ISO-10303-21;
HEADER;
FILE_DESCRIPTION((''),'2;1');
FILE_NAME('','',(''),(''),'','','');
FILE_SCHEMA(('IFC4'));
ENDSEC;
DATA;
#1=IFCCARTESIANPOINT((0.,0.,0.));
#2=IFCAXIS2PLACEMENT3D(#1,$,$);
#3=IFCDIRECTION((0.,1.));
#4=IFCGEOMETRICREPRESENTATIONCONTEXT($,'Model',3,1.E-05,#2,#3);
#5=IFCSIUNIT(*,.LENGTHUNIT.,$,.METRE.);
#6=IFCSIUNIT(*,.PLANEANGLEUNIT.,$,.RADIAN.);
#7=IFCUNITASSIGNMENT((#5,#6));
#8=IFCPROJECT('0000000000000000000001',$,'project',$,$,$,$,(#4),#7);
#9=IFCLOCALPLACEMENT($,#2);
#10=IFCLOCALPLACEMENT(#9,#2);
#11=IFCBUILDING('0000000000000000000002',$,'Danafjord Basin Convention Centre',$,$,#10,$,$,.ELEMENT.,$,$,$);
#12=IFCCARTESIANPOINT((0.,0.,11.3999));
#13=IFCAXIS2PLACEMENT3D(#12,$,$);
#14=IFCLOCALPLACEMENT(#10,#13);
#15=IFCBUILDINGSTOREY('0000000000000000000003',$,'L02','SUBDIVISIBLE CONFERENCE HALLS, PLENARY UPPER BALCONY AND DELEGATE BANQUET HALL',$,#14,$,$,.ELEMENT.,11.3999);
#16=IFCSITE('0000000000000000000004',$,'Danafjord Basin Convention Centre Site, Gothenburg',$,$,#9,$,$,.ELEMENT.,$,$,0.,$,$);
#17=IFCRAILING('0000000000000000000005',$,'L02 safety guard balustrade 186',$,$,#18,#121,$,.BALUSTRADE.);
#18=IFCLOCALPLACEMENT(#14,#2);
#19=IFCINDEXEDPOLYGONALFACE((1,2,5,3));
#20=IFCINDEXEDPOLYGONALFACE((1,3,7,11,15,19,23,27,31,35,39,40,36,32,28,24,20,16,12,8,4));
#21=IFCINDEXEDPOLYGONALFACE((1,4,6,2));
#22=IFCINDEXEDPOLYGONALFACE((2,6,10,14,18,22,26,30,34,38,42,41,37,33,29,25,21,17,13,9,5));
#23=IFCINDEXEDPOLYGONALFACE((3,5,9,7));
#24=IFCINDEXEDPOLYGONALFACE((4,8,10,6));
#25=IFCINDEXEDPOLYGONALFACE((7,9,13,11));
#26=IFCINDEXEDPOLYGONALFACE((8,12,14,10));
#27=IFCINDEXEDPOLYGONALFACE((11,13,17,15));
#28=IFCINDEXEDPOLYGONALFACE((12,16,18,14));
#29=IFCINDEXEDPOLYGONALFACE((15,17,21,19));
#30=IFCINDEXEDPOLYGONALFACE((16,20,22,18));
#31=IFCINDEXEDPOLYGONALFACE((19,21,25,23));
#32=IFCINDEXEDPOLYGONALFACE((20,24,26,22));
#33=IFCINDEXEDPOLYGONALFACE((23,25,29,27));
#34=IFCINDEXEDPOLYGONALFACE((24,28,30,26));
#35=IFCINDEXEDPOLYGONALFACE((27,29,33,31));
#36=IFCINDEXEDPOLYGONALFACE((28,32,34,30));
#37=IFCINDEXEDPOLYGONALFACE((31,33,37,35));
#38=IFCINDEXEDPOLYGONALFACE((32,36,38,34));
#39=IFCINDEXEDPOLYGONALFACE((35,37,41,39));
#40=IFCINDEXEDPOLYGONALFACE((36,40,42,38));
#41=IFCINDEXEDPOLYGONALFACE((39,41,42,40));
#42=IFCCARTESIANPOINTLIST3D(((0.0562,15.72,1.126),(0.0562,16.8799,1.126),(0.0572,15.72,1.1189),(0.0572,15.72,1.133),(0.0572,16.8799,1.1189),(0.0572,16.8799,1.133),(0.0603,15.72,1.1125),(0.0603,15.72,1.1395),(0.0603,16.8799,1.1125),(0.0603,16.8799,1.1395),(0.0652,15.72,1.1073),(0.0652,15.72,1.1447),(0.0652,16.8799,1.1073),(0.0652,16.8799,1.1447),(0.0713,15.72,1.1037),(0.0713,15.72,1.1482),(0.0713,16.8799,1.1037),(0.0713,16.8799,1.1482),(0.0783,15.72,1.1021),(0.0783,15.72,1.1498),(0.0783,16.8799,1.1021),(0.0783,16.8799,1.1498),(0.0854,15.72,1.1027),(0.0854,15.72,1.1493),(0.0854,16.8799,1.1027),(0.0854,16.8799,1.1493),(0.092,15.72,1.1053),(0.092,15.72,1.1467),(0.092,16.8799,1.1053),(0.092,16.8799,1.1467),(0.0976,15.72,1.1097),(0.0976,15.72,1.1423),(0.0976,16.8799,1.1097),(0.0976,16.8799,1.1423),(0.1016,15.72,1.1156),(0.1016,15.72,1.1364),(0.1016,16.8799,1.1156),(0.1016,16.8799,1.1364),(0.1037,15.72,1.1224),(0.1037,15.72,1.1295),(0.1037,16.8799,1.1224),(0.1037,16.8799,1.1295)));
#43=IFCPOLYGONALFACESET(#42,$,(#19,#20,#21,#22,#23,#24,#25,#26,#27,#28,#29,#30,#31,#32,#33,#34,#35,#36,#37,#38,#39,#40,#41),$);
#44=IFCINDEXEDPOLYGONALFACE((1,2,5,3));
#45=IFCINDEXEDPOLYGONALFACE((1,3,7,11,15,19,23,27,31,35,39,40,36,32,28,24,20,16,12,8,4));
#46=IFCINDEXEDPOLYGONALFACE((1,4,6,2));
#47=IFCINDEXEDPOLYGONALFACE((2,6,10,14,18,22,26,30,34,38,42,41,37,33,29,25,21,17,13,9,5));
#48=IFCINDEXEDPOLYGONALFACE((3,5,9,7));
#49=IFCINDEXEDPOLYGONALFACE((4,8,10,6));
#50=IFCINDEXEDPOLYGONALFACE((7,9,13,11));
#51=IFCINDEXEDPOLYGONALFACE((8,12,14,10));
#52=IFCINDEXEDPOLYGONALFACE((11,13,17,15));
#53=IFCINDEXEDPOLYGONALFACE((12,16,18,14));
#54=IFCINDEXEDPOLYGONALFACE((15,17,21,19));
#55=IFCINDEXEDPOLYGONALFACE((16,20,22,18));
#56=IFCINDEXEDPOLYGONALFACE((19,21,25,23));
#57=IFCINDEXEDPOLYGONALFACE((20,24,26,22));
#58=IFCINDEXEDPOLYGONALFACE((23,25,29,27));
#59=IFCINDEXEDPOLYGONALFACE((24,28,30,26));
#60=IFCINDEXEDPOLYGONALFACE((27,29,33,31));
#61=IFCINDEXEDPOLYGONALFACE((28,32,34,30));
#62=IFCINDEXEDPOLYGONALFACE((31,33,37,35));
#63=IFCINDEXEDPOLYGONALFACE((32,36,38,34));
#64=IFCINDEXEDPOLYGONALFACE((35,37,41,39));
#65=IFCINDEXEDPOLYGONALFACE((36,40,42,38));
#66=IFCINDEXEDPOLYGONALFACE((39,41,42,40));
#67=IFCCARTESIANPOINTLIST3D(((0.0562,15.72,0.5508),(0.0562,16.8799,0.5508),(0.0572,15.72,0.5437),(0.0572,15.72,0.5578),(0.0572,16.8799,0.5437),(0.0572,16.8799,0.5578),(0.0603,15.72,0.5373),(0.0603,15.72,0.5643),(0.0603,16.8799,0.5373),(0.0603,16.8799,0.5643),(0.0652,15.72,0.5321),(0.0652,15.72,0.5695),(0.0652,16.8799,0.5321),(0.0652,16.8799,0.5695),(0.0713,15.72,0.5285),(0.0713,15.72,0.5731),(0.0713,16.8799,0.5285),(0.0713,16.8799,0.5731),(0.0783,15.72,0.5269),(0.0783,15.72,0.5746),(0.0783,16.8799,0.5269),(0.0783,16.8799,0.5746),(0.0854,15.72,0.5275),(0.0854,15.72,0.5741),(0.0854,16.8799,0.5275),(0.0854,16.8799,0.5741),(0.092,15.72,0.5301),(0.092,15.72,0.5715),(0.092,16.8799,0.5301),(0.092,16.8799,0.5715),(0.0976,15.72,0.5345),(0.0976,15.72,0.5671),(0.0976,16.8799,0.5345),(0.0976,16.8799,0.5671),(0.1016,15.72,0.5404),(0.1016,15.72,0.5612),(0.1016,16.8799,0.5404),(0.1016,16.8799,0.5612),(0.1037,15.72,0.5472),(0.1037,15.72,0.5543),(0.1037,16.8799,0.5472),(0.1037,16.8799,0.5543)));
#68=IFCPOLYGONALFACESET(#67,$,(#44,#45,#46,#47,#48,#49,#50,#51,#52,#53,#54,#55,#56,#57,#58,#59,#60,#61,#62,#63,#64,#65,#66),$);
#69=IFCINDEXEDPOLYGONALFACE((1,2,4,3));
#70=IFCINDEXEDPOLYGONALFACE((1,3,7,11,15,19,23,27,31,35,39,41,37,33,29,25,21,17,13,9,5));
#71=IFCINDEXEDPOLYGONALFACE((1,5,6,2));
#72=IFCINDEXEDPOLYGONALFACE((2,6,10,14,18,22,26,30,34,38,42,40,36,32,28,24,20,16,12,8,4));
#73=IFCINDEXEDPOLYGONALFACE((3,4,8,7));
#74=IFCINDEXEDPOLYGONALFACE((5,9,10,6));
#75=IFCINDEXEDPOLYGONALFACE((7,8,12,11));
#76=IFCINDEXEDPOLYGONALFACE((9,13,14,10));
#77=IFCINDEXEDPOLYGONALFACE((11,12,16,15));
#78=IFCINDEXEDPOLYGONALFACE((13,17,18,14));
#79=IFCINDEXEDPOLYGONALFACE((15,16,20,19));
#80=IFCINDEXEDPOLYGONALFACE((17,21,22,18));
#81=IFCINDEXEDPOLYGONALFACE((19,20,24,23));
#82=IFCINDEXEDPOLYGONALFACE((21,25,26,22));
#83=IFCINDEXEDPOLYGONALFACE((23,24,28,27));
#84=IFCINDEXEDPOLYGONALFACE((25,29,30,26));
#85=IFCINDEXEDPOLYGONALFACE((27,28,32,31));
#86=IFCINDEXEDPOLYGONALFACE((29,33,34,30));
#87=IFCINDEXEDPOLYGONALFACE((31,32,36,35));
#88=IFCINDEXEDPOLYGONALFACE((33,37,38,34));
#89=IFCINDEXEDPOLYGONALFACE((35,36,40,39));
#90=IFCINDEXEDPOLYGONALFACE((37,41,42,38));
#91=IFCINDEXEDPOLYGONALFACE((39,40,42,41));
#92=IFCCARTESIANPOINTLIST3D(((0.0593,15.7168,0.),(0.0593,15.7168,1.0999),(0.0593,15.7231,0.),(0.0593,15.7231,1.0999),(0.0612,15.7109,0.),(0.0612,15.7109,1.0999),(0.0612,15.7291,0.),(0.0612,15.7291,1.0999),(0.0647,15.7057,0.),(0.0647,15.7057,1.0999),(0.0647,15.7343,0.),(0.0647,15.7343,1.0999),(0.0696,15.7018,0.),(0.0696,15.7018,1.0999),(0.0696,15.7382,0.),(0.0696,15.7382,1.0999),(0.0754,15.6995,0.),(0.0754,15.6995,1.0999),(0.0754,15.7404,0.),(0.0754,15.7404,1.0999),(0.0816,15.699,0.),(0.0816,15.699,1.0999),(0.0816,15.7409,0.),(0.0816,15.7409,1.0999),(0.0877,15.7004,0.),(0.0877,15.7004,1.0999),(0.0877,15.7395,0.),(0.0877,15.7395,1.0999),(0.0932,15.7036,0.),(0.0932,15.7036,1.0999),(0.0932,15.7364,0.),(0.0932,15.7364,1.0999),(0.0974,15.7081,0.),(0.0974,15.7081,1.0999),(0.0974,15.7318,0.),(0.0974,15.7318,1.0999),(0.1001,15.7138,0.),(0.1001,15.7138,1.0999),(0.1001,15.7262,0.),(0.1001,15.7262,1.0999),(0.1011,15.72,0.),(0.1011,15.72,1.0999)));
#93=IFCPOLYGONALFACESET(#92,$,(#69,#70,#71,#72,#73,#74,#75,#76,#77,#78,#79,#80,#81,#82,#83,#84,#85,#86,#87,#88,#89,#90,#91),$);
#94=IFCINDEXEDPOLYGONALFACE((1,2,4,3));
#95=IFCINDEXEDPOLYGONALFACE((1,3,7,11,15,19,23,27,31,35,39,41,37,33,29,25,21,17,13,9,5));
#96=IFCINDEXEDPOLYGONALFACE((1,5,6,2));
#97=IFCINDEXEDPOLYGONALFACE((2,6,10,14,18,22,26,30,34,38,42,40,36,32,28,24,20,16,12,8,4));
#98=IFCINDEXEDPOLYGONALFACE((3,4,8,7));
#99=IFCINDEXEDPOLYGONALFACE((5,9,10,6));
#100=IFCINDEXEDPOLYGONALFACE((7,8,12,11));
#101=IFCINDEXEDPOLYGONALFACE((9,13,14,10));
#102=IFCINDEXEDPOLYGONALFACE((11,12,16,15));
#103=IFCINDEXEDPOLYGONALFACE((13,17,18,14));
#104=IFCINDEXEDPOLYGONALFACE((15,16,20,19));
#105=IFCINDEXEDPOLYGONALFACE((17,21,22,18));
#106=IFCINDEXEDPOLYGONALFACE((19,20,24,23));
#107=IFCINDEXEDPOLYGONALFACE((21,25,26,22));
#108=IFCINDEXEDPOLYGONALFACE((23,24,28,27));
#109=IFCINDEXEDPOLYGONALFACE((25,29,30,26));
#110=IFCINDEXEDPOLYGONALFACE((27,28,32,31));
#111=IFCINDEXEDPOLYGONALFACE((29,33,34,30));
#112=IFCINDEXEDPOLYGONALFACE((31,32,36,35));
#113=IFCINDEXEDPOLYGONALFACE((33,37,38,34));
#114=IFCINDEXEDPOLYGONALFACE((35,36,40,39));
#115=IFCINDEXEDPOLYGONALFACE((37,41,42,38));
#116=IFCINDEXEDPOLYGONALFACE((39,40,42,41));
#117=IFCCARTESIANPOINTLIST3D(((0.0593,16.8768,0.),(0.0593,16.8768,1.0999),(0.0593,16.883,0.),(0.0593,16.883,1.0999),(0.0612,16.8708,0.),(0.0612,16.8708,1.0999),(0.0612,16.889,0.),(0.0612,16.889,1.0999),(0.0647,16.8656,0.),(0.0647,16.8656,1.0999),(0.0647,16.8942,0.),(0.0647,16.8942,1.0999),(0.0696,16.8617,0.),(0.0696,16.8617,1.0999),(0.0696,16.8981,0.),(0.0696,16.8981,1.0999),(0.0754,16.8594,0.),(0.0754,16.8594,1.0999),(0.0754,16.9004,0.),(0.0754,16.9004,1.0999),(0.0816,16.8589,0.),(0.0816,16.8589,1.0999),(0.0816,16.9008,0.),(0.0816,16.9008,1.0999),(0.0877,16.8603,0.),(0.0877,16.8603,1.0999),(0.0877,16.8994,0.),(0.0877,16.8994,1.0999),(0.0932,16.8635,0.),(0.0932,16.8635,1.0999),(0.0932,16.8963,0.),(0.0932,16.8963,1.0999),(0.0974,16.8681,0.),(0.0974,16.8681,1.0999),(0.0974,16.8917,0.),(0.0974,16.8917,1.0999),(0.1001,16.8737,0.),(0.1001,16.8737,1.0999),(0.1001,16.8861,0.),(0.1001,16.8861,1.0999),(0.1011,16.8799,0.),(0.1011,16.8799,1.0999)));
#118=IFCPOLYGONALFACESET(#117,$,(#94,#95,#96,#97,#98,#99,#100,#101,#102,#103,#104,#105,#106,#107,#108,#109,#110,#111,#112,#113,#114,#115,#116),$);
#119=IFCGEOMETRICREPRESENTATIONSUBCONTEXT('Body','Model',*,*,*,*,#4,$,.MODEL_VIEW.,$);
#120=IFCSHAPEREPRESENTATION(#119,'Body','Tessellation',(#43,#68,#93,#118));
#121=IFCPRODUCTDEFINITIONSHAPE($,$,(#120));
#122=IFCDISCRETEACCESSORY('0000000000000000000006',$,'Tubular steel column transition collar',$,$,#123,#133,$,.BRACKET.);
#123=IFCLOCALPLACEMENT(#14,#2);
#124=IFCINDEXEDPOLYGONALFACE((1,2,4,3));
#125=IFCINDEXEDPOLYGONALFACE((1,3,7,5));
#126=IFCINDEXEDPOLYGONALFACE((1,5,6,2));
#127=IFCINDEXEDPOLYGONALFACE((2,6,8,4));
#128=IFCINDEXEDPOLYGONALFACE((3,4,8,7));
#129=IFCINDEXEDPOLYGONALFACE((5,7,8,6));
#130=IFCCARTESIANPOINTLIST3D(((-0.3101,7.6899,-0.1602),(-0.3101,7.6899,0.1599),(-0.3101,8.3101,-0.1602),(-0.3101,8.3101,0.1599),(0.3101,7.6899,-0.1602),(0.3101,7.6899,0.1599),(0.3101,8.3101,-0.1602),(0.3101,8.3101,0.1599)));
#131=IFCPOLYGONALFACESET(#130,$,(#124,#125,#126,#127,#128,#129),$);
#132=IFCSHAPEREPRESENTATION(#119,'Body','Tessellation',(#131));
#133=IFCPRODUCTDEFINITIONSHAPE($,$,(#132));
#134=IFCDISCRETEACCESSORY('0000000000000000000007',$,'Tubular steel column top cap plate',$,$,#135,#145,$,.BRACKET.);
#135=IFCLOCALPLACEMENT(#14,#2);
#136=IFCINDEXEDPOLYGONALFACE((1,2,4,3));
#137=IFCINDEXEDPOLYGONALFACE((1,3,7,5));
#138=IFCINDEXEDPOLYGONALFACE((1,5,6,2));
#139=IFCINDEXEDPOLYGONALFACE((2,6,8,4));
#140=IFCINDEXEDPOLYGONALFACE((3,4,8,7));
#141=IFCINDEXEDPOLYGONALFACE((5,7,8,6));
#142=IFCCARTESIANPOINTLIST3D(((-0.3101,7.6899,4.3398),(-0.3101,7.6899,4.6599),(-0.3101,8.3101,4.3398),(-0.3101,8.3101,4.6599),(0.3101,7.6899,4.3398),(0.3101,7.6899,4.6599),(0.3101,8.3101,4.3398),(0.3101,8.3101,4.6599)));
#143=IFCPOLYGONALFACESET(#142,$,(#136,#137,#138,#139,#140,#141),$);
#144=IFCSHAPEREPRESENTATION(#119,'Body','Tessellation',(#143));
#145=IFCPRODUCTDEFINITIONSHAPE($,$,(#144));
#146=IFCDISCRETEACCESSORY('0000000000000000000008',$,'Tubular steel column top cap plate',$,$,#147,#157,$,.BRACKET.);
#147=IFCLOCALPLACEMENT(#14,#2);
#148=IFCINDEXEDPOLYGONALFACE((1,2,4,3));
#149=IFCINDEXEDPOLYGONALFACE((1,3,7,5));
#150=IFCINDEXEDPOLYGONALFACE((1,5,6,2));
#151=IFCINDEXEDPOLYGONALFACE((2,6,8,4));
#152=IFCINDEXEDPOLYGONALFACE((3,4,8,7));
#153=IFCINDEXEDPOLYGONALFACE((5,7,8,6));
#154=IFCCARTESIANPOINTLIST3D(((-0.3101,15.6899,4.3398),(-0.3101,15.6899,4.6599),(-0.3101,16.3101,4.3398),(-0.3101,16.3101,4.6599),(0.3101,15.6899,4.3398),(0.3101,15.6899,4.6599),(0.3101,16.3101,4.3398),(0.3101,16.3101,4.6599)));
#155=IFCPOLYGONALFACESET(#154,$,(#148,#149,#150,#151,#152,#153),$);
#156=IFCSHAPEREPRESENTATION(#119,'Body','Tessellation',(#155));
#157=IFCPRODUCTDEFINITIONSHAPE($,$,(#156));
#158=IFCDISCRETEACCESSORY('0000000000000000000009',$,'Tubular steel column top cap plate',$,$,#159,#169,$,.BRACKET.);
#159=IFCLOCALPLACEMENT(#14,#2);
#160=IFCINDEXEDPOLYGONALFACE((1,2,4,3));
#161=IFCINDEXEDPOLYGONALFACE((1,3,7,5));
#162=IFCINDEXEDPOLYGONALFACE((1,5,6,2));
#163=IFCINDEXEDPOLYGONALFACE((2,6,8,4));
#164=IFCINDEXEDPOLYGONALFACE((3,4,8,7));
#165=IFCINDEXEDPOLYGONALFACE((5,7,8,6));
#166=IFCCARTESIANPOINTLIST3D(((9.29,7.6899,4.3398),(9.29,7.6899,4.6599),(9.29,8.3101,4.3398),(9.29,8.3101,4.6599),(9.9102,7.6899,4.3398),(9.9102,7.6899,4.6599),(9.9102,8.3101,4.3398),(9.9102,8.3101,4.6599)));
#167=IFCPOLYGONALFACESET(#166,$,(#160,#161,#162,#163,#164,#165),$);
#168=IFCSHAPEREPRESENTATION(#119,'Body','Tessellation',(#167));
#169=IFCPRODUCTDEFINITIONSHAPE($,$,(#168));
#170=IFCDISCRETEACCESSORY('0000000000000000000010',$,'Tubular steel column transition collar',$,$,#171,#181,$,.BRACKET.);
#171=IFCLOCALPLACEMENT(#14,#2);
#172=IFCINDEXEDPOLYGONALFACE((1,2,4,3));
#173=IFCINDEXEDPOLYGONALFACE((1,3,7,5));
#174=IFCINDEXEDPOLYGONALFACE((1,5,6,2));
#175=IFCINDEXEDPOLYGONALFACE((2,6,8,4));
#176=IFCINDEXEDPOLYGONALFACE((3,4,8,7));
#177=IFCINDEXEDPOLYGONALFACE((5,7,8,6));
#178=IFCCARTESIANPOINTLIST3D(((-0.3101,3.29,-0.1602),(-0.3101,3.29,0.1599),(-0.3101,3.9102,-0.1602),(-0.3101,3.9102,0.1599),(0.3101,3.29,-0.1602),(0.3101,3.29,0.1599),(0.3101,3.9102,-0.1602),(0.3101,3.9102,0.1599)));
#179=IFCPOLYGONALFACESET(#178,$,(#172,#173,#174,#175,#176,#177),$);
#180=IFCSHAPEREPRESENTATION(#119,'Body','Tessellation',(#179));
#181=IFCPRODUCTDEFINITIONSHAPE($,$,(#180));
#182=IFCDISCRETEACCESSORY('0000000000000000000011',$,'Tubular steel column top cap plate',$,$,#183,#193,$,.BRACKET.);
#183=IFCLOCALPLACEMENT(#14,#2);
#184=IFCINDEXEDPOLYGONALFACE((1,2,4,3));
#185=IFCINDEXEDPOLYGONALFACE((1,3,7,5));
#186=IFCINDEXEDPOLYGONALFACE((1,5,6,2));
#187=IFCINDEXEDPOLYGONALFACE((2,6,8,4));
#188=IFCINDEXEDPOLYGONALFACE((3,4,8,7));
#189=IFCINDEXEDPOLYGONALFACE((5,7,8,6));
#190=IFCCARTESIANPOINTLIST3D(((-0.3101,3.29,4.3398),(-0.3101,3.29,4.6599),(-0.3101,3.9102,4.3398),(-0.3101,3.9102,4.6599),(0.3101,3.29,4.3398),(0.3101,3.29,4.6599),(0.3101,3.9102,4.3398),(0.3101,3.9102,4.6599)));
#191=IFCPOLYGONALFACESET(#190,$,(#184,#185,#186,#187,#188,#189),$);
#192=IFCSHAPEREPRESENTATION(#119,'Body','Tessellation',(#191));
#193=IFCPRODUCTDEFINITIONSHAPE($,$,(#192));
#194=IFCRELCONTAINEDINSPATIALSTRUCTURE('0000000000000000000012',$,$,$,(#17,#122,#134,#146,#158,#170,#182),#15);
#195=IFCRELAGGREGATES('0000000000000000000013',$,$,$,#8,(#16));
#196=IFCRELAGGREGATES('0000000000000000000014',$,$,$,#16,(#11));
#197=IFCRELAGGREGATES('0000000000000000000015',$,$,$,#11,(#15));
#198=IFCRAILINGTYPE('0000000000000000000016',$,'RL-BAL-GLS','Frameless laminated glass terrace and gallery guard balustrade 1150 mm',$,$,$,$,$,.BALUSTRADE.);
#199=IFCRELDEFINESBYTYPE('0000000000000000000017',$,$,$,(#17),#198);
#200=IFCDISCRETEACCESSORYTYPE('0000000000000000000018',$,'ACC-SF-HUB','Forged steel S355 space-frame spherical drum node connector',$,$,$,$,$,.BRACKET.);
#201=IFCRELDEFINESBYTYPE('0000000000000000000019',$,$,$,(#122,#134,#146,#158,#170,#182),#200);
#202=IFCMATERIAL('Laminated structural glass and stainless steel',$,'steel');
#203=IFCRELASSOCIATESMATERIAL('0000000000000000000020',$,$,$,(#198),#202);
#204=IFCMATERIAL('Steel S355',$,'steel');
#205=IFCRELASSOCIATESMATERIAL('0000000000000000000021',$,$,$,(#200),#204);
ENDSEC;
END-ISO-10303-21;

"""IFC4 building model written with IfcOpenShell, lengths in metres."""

from ifc_helpers import new_model, si_unit, direction, frame, origin, origin_2d, place, context, subcontext, project, spatial, rectangle, circle, extrude, material, type_object, element, save


model = new_model("IFC4")

# Units and contexts
model_context = context("Model", 3, precision=1e-05, world=origin(), true_north=direction((0.0, 1.0)))
body_context = subcontext(model_context, "Body", "Model", "MODEL_VIEW")
ifc_project = project(units=[si_unit("LENGTHUNIT", "METRE"), si_unit("PLANEANGLEUNIT", "RADIAN")], contexts=[model_context])

# Site, building, storey
site_placement = place(None, origin())
site = spatial("IfcSite", under=ifc_project, at=site_placement, Name="Danafjord Basin Convention Centre Site, Gothenburg", CompositionType="ELEMENT", RefElevation=0.0)
building_placement = place(site_placement, origin())
building = spatial("IfcBuilding", under=site, at=building_placement, Name="Danafjord Basin Convention Centre", CompositionType="ELEMENT")
storey_placement = place(building_placement, frame((0.0, 0.0, 11.3999)))
storey = spatial("IfcBuildingStorey", under=building, at=storey_placement, Name="L02", Description="SUBDIVISIBLE CONFERENCE HALLS, PLENARY UPPER BALCONY AND DELEGATE BANQUET HALL", CompositionType="ELEMENT", Elevation=11.3999)

# Shared definitions
ifc_material_1 = material(Name="Steel S355", Category="steel")

# Railing
ifc_material_2 = material(Name="Laminated structural glass and stainless steel", Category="steel")
railing_type = type_object("IfcRailingType", Name="RL-BAL-GLS", Description="Frameless laminated glass terrace and gallery guard balustrade 1150 mm", PredefinedType="BALUSTRADE", material=ifc_material_2)
railing_1_placement = place(storey_placement, frame((0.0801, 15.72, 0.0)))
element("IfcRailing", 1, at=railing_1_placement, inside=storey, type_object=railing_type, Name="L02 safety guard balustrade 186", PredefinedType="BALUSTRADE", context=body_context, shape_type="SweptSolid", body=[
    extrude(circle(Radius=0.0239, at=origin_2d()), frame((0.0, 0.0, 1.126), z_axis=(0.0, 1.0, 0.0), x_axis=(-1.0, 0.0, 0.0)), (0.0, 0.0, 1.0), 1.1599),
    extrude(circle(Radius=0.0239, at=origin_2d()), frame((0.0, 0.0, 0.5508), z_axis=(0.0, 1.0, 0.0), x_axis=(-1.0, 0.0, 0.0)), (0.0, 0.0, 1.0), 1.1599),
    extrude(circle(Radius=0.021, at=origin_2d()), origin(), (0.0, 0.0, 1.0), 1.0999),
    extrude(circle(Radius=0.021, at=origin_2d()), frame((0.0, 1.1599, 0.0)), (0.0, 0.0, 1.0), 1.0999),
])

# Discrete accessories
discrete_accessory_type = type_object("IfcDiscreteAccessoryType", Name="ACC-SF-HUB", Description="Forged steel S355 space-frame spherical drum node connector", PredefinedType="BRACKET", material=ifc_material_1)
for number, where, z_axis, x_axis, name in (
    (2, (0.0, 8.0, -0.1602), (0.0, 0.0, 1.0), (1.0, 0.0, 0.0), "Tubular steel column transition collar"),
    (3, (0.0, 8.0, 4.3398), (0.0, 0.0, 1.0), (1.0, 0.0, 0.0), "Tubular steel column top cap plate"),
    (4, (0.0, 16.0, 4.3398), (0.0, 0.0, 1.0), (1.0, 0.0, 0.0), "Tubular steel column top cap plate"),
    (5, (9.6001, 8.0, 4.3398), (0.0, 0.0, 1.0), (1.0, 0.0, 0.0), "Tubular steel column top cap plate"),
    (6, (0.0, 3.6001, -0.1602), (0.0, 0.0, 1.0), (1.0, 0.0, 0.0), "Tubular steel column transition collar"),
    (7, (0.0, 3.6001, 4.3398), (0.0, 0.0, 1.0), (1.0, 0.0, 0.0), "Tubular steel column top cap plate"),
):
    element("IfcDiscreteAccessory", number, at=place(storey_placement, frame(where, z_axis=z_axis, x_axis=x_axis)), inside=storey, type_object=discrete_accessory_type, Name=name, PredefinedType="BRACKET", context=body_context, shape_type="SweptSolid", body=[
        extrude(rectangle(XDim=0.6201, YDim=0.6201, at=origin_2d()), origin(), (0.0, 0.0, 1.0), 0.3201),
    ])

save(model, "model.ifc")
